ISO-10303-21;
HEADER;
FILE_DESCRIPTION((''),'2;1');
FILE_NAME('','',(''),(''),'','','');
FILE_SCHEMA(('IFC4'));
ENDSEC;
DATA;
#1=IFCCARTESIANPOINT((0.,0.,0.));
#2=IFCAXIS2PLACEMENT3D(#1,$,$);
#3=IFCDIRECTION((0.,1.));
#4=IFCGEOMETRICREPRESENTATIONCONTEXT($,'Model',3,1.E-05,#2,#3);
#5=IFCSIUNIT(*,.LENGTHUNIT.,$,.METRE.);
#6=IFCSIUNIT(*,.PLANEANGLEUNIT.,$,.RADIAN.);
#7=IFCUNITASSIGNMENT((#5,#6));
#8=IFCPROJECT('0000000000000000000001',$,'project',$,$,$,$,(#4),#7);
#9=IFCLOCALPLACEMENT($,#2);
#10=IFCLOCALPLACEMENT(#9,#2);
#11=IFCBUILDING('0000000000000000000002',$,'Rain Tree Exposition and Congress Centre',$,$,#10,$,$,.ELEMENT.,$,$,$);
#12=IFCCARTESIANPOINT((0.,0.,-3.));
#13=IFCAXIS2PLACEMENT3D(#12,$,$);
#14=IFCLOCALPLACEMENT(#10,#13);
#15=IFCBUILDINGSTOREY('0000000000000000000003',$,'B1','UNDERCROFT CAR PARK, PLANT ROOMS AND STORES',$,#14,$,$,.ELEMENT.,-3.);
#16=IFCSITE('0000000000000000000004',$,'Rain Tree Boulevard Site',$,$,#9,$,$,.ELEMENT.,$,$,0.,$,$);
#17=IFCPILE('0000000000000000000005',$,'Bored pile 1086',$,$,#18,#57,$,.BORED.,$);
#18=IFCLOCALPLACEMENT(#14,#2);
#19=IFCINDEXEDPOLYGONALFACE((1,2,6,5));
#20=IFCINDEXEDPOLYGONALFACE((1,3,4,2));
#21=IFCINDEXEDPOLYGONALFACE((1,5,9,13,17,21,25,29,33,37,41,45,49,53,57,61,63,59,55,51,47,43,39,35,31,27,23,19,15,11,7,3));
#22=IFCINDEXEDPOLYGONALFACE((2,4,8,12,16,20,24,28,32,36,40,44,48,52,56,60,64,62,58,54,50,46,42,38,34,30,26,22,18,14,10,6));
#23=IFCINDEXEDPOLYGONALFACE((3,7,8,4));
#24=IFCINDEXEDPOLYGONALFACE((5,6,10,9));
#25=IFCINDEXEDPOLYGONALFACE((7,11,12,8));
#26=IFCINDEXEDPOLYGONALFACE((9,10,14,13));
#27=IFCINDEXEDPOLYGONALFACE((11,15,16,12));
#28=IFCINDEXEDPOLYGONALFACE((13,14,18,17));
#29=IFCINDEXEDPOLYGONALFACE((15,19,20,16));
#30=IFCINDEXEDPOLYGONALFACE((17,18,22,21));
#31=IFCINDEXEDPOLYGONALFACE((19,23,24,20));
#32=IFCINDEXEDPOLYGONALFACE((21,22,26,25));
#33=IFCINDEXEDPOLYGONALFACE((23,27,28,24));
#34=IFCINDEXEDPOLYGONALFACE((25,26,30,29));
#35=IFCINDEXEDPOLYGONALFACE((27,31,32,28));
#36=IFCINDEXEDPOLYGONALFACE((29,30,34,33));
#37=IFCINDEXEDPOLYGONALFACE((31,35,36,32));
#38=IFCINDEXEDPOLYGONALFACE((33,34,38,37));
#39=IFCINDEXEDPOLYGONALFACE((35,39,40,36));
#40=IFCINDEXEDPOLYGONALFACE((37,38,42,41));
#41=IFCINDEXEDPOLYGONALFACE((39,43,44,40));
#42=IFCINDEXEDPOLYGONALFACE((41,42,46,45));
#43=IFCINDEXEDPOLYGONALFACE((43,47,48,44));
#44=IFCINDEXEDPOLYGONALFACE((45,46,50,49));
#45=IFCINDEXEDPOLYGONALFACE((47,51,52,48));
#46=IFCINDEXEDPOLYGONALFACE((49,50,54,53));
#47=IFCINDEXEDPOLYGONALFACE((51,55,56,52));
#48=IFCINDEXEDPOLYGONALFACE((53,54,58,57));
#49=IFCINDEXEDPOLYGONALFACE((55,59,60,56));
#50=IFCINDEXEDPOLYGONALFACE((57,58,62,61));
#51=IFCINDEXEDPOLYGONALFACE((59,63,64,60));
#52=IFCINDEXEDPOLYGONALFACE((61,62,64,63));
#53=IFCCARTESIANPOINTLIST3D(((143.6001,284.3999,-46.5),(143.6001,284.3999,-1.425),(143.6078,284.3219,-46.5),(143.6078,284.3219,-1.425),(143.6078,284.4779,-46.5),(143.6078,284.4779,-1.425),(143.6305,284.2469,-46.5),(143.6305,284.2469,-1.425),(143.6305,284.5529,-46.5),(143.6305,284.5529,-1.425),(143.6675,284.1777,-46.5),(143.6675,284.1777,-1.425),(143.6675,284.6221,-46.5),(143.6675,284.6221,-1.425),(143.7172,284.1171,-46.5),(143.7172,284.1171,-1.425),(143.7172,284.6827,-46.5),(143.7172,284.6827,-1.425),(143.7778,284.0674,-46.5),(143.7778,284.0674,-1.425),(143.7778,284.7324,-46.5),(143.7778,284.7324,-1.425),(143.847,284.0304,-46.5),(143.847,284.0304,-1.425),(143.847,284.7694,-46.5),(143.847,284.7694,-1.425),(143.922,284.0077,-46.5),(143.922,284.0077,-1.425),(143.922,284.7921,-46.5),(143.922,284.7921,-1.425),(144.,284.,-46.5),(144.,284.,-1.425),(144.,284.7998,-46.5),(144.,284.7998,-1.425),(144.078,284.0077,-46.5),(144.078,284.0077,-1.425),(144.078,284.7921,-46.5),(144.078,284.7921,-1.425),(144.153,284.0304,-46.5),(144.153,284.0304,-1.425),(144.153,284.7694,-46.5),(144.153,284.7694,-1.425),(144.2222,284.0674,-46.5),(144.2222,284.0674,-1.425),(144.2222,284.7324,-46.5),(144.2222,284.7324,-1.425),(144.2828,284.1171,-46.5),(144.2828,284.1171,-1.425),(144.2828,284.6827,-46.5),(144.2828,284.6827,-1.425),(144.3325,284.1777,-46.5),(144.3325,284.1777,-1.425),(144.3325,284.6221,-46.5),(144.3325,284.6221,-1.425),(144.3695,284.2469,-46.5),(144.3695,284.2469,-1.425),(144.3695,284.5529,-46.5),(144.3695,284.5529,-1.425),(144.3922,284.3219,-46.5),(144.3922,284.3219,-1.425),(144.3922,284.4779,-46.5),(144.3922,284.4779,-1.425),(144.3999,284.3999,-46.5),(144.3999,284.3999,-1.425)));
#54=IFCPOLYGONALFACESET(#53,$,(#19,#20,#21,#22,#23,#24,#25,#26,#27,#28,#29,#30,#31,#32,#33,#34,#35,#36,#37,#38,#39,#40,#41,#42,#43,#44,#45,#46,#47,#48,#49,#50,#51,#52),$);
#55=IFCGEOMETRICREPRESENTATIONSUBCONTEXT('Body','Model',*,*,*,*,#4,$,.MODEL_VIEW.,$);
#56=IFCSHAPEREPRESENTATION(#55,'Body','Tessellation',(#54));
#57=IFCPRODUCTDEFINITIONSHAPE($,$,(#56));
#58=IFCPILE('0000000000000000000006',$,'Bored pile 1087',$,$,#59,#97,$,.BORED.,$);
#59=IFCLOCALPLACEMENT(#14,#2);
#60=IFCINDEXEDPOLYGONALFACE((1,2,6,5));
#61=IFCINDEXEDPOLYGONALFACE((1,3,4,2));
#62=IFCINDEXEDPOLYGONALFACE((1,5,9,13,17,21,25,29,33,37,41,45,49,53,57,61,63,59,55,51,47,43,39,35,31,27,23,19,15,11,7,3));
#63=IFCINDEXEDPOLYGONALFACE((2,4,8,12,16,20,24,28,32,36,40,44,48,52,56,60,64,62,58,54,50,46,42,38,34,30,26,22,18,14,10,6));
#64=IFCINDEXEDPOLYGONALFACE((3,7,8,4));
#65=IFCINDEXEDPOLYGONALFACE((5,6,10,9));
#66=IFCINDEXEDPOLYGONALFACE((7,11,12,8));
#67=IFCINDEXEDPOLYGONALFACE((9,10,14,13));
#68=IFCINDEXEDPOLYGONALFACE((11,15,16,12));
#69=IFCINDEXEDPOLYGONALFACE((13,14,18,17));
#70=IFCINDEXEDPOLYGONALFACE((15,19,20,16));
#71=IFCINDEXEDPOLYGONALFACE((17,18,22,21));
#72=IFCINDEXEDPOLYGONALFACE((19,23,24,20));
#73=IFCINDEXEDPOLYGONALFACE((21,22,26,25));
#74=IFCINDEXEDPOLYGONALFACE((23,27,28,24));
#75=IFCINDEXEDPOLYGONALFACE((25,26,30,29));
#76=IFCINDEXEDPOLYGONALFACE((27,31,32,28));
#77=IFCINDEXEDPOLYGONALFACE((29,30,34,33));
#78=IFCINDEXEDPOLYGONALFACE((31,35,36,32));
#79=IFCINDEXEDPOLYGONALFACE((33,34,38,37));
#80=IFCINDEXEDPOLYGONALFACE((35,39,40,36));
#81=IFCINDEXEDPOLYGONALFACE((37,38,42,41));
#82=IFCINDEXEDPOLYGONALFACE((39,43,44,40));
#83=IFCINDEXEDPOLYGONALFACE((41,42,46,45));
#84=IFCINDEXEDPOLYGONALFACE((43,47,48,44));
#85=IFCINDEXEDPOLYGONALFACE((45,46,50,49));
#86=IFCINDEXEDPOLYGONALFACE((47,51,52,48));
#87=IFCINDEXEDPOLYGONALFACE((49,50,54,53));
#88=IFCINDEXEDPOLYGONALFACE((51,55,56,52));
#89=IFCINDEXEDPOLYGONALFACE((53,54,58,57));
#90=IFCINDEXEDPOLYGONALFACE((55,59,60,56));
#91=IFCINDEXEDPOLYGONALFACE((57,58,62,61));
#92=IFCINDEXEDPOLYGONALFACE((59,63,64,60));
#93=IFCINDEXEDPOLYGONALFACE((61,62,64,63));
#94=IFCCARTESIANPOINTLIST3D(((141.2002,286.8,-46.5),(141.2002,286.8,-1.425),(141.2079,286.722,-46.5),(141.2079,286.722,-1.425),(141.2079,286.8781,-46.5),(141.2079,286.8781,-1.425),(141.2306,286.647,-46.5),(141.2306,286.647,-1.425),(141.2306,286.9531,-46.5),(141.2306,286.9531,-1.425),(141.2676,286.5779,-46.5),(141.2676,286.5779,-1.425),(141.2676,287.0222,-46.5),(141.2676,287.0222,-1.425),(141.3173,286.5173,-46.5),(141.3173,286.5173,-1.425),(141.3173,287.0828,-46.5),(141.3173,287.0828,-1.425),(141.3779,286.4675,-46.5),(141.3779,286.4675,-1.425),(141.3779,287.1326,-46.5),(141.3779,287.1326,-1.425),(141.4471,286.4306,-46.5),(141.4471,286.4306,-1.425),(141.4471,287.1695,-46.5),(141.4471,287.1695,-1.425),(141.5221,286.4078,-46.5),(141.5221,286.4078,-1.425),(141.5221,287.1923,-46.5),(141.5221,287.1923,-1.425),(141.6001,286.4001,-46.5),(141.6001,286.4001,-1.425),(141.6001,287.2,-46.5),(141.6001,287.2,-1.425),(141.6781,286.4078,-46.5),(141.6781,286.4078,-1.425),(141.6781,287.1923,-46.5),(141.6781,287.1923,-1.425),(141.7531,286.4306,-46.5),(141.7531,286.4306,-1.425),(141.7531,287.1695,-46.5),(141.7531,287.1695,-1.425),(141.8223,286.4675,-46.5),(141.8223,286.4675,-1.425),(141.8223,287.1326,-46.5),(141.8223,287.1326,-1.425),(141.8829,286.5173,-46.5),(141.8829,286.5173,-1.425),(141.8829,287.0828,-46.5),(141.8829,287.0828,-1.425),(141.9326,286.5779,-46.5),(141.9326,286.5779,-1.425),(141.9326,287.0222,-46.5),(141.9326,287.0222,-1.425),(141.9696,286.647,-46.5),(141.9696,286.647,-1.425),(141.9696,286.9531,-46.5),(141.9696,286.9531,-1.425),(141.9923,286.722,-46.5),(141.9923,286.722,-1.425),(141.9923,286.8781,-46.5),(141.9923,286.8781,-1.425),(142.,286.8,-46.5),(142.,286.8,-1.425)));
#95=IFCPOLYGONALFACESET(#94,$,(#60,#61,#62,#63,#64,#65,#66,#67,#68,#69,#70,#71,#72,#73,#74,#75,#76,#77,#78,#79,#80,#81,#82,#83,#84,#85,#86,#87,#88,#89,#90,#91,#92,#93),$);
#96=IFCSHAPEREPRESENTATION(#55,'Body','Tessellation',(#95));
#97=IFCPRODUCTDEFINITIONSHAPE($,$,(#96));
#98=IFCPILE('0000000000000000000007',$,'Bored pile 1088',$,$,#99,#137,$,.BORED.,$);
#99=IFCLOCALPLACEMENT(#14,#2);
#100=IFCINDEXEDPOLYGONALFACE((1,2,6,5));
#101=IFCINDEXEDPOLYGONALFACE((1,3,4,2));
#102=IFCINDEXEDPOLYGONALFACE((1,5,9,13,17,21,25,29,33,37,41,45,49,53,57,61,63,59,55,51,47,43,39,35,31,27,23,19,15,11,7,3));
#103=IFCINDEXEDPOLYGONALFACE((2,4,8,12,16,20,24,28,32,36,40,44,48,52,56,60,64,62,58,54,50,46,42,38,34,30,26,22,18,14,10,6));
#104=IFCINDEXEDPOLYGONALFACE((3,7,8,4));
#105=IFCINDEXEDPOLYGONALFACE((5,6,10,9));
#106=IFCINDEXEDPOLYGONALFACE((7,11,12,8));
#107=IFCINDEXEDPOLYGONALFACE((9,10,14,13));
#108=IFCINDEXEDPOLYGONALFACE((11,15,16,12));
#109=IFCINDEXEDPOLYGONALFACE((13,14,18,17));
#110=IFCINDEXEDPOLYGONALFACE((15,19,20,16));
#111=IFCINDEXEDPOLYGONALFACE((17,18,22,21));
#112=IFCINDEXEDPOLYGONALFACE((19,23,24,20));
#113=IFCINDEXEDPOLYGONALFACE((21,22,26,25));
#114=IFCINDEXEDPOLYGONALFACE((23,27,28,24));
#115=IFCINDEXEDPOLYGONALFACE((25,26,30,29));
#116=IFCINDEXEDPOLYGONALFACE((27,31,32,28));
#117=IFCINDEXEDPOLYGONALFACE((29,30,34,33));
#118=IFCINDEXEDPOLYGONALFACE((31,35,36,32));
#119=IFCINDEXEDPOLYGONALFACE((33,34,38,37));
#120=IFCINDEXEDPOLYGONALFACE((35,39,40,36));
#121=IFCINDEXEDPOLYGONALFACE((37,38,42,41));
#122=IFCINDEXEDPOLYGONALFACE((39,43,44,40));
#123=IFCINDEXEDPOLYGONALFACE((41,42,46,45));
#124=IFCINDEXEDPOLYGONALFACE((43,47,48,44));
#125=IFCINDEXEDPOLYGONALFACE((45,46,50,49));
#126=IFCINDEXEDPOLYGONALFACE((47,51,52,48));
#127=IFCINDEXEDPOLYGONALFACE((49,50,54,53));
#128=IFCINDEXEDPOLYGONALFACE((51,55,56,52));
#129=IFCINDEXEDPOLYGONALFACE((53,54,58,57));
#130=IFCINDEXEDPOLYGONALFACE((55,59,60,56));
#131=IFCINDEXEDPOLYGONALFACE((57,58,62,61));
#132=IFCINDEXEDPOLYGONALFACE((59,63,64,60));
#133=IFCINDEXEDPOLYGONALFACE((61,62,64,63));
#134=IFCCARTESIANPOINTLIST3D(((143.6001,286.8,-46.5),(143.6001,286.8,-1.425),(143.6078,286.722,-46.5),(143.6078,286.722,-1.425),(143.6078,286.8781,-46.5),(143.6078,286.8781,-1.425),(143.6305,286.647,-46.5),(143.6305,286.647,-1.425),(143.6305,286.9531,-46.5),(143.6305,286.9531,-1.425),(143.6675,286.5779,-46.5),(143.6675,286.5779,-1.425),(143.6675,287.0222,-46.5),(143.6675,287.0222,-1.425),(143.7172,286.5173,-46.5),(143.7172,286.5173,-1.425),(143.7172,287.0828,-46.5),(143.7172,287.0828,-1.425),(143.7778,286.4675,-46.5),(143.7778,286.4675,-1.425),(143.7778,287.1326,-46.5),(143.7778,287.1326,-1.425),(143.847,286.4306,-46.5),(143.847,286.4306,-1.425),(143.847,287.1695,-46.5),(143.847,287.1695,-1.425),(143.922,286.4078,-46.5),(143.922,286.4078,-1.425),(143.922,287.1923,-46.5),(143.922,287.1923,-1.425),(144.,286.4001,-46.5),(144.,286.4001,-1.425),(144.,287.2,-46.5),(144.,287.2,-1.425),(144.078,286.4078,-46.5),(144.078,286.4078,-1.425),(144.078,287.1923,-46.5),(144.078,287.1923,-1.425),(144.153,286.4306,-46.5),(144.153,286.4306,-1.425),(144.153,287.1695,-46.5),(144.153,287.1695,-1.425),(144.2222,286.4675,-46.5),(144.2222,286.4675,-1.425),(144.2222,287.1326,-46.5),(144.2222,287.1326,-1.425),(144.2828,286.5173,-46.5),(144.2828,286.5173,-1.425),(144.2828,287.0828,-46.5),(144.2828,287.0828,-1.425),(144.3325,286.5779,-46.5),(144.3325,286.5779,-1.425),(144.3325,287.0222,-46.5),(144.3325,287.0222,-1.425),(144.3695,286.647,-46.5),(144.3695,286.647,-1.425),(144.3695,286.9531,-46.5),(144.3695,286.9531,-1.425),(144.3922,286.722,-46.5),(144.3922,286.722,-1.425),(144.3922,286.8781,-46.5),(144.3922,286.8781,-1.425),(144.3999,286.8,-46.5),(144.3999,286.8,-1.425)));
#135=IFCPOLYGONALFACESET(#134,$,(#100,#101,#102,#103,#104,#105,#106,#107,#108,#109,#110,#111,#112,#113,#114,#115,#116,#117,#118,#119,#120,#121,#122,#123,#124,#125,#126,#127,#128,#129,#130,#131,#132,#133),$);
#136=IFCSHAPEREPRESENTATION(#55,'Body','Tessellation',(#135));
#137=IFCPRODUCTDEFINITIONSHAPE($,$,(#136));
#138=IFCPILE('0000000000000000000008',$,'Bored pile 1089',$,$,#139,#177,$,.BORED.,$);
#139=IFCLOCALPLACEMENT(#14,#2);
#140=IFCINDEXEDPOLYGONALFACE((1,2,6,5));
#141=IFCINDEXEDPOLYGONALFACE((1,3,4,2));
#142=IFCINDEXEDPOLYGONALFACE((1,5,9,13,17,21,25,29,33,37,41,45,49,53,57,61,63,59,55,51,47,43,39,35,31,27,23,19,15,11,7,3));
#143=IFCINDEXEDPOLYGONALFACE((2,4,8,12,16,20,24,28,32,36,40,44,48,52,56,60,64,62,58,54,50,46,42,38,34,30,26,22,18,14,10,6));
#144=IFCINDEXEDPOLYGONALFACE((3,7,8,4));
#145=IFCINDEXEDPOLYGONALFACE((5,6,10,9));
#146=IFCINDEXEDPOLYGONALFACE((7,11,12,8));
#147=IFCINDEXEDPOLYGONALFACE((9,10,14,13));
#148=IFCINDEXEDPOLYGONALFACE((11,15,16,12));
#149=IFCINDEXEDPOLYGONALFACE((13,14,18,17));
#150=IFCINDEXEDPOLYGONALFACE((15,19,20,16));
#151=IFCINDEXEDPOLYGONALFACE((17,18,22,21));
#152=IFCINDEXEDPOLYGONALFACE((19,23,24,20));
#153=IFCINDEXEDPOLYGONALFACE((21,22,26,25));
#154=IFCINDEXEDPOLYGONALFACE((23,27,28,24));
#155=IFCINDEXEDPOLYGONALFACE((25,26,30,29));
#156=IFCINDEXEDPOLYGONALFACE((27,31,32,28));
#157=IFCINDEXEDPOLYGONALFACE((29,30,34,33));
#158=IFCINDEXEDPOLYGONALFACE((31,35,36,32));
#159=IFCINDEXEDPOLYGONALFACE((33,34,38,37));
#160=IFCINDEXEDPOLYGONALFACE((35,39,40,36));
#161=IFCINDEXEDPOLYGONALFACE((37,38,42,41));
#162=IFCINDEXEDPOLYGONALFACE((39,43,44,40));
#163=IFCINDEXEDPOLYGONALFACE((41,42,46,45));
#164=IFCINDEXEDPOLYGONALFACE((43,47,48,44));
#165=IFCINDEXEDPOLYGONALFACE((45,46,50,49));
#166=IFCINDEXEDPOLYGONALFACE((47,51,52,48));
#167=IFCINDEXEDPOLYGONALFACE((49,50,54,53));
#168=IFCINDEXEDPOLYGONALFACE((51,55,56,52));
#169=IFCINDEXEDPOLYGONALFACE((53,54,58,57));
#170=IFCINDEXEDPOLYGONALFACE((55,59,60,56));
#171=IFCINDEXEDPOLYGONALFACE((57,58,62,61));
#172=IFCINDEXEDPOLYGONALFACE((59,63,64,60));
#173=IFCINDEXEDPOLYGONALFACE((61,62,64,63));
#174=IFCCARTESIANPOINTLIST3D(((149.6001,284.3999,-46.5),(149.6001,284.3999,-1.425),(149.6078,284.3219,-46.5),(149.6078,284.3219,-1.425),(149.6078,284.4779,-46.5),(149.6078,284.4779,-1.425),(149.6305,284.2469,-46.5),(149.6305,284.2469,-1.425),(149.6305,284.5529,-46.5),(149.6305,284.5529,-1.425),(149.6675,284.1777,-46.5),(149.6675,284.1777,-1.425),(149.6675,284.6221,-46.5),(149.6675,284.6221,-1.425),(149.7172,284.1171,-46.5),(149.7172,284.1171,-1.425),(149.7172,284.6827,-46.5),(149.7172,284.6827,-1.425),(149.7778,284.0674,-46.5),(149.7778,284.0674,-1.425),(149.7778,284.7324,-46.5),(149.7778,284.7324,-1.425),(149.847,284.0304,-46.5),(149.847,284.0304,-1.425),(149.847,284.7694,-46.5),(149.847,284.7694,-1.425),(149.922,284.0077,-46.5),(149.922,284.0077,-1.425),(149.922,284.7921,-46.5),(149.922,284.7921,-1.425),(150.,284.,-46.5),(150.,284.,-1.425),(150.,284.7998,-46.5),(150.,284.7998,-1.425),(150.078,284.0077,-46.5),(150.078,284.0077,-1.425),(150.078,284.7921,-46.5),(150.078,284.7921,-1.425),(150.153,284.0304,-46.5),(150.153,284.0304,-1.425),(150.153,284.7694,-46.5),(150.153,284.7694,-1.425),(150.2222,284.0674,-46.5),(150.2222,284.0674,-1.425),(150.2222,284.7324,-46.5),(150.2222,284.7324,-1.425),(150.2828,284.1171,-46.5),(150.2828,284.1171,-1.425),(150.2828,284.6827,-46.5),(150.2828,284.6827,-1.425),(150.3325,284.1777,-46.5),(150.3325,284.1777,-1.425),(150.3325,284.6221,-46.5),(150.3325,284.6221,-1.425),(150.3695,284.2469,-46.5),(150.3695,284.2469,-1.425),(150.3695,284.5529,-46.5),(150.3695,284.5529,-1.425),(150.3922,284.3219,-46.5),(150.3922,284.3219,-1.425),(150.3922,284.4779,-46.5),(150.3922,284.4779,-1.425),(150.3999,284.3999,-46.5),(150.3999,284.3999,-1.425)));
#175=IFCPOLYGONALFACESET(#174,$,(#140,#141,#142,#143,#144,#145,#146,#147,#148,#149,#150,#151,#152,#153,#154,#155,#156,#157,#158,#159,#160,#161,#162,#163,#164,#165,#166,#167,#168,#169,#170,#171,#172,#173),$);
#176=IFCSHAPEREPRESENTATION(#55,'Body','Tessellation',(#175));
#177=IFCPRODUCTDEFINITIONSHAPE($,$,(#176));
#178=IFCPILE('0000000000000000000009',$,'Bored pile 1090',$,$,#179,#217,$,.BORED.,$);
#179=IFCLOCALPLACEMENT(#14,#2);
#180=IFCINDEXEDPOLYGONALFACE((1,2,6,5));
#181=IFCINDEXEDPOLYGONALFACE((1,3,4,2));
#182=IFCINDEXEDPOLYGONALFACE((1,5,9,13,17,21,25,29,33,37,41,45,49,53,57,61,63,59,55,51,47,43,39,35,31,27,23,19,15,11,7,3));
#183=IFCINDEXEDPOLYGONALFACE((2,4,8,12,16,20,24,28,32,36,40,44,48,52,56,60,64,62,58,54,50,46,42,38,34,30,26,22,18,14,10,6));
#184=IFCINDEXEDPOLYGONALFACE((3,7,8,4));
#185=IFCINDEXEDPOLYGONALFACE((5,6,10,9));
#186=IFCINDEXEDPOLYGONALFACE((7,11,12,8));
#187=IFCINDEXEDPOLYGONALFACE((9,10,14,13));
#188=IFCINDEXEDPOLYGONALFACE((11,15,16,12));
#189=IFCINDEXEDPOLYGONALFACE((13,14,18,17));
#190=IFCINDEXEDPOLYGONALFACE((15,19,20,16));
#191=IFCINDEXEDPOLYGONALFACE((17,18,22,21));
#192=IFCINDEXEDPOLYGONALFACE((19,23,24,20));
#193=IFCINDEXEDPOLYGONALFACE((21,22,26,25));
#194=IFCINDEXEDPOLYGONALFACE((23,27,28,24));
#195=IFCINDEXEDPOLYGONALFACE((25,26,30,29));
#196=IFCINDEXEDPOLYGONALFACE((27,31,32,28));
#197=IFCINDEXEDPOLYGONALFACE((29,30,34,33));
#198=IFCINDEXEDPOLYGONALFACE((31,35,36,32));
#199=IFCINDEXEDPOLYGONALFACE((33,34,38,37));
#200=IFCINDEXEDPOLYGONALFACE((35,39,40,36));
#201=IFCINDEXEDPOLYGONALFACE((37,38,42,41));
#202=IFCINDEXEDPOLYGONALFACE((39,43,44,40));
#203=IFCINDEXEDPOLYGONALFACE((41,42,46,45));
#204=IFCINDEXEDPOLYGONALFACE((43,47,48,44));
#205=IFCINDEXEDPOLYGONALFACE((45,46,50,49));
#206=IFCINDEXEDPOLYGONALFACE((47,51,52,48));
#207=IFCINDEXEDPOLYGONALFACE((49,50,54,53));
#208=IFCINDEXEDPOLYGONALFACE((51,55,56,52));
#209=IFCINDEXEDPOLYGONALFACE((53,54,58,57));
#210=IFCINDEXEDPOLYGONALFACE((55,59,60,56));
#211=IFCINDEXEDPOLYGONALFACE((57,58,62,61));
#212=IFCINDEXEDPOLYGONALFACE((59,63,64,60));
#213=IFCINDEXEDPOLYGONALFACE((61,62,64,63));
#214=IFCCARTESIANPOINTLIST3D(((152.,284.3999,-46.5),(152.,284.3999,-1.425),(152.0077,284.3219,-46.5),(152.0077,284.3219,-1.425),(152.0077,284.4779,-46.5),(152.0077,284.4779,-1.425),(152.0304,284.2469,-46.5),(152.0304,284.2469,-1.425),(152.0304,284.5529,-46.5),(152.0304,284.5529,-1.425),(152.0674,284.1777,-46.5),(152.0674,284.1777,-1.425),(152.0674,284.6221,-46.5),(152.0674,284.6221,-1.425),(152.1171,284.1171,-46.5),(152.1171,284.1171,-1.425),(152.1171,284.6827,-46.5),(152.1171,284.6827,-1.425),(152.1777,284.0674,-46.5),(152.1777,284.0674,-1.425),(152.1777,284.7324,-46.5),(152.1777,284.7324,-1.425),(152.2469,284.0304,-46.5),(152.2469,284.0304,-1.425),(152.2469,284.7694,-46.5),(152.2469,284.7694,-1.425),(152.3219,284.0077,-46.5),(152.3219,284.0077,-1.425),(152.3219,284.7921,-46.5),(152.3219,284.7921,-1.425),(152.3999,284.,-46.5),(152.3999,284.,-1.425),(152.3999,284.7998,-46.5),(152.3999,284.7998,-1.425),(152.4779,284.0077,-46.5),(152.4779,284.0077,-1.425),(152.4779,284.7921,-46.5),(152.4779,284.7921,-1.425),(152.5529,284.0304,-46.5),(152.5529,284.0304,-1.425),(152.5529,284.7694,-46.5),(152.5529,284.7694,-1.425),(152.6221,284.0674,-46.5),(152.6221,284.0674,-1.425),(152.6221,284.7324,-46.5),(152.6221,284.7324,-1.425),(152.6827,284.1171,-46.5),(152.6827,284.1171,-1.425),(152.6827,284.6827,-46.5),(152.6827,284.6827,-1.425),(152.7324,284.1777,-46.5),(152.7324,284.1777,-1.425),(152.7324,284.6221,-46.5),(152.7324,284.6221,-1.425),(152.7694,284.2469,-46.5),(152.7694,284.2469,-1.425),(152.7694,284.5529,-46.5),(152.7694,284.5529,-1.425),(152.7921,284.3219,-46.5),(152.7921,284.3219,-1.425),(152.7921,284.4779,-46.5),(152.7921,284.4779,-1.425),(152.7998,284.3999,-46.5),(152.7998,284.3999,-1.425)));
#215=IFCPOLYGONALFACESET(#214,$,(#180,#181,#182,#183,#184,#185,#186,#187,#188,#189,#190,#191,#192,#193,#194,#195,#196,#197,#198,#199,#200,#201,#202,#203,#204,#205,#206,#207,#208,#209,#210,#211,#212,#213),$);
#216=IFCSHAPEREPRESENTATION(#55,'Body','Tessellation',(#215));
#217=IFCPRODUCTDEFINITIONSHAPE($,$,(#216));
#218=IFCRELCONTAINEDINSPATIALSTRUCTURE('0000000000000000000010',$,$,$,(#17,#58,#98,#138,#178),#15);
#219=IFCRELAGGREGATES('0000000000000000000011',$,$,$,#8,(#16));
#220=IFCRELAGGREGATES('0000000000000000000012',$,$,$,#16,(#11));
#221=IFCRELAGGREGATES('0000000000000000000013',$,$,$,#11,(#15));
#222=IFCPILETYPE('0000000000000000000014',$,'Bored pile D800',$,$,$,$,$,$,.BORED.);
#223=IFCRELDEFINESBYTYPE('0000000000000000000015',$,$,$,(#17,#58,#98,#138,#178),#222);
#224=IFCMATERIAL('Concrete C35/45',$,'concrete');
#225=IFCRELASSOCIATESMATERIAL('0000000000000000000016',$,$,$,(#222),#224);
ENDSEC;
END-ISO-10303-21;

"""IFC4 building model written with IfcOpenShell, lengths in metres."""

from ifc_helpers import new_model, si_unit, direction, frame, origin, origin_2d, place, context, subcontext, project, spatial, circle, extrude, material, material_profile, profile_set, type_object, element, save


model = new_model("IFC4")

# Units and contexts
model_context = context("Model", 3, precision=1e-05, world=origin(), true_north=direction((0.0, 1.0)))
body_context = subcontext(model_context, "Body", "Model", "MODEL_VIEW")
ifc_project = project(units=[si_unit("LENGTHUNIT", "METRE"), si_unit("PLANEANGLEUNIT", "RADIAN")], contexts=[model_context])

# Site, building, storey
site_placement = place(None, origin())
site = spatial("IfcSite", under=ifc_project, at=site_placement, Name="Rain Tree Boulevard Site", CompositionType="ELEMENT", RefElevation=0.0)
building_placement = place(site_placement, origin())
building = spatial("IfcBuilding", under=site, at=building_placement, Name="Rain Tree Exposition and Congress Centre", CompositionType="ELEMENT")
storey_placement = place(building_placement, frame((0.0, 0.0, -3.0)))
storey = spatial("IfcBuildingStorey", under=building, at=storey_placement, Name="B1", Description="UNDERCROFT CAR PARK, PLANT ROOMS AND STORES", CompositionType="ELEMENT", Elevation=-3.0)

# Piles
ifc_material_1 = material(Name="Concrete C35/45", Category="concrete")
ifc_material_profile_1 = material_profile(ifc_material_1, circle(Radius=0.3999, at=origin_2d()), Name="D800")
ifc_profile_set_1 = profile_set([ifc_material_profile_1], Name="Concrete C35/45")
pile_type_1 = type_object("IfcPileType", Name="Bored pile D800", PredefinedType="BORED", material=ifc_profile_set_1)
for number, where, z_axis, x_axis, name in (
    (1, (144.0, 284.3999, -1.425), (0.0, 0.0, -1.0), (1.0, 0.0, 0.0), "Bored pile 1086"),
    (2, (141.6001, 286.8, -1.425), (0.0, 0.0, -1.0), (1.0, 0.0, 0.0), "Bored pile 1087"),
    (3, (144.0, 286.8, -1.425), (0.0, 0.0, -1.0), (1.0, 0.0, 0.0), "Bored pile 1088"),
    (4, (150.0, 284.3999, -1.425), (0.0, 0.0, -1.0), (1.0, 0.0, 0.0), "Bored pile 1089"),
    (5, (152.3999, 284.3999, -1.425), (0.0, 0.0, -1.0), (1.0, 0.0, 0.0), "Bored pile 1090"),
):
    element("IfcPile", number, at=place(storey_placement, frame(where, z_axis=z_axis, x_axis=x_axis)), inside=storey, type_object=pile_type_1, Name=name, PredefinedType="BORED", context=body_context, shape_type="SweptSolid", body=[
        extrude(circle(Radius=0.3999, at=origin_2d()), origin(), (0.0, 0.0, 1.0), 45.075),
    ])

save(model, "model.ifc")
